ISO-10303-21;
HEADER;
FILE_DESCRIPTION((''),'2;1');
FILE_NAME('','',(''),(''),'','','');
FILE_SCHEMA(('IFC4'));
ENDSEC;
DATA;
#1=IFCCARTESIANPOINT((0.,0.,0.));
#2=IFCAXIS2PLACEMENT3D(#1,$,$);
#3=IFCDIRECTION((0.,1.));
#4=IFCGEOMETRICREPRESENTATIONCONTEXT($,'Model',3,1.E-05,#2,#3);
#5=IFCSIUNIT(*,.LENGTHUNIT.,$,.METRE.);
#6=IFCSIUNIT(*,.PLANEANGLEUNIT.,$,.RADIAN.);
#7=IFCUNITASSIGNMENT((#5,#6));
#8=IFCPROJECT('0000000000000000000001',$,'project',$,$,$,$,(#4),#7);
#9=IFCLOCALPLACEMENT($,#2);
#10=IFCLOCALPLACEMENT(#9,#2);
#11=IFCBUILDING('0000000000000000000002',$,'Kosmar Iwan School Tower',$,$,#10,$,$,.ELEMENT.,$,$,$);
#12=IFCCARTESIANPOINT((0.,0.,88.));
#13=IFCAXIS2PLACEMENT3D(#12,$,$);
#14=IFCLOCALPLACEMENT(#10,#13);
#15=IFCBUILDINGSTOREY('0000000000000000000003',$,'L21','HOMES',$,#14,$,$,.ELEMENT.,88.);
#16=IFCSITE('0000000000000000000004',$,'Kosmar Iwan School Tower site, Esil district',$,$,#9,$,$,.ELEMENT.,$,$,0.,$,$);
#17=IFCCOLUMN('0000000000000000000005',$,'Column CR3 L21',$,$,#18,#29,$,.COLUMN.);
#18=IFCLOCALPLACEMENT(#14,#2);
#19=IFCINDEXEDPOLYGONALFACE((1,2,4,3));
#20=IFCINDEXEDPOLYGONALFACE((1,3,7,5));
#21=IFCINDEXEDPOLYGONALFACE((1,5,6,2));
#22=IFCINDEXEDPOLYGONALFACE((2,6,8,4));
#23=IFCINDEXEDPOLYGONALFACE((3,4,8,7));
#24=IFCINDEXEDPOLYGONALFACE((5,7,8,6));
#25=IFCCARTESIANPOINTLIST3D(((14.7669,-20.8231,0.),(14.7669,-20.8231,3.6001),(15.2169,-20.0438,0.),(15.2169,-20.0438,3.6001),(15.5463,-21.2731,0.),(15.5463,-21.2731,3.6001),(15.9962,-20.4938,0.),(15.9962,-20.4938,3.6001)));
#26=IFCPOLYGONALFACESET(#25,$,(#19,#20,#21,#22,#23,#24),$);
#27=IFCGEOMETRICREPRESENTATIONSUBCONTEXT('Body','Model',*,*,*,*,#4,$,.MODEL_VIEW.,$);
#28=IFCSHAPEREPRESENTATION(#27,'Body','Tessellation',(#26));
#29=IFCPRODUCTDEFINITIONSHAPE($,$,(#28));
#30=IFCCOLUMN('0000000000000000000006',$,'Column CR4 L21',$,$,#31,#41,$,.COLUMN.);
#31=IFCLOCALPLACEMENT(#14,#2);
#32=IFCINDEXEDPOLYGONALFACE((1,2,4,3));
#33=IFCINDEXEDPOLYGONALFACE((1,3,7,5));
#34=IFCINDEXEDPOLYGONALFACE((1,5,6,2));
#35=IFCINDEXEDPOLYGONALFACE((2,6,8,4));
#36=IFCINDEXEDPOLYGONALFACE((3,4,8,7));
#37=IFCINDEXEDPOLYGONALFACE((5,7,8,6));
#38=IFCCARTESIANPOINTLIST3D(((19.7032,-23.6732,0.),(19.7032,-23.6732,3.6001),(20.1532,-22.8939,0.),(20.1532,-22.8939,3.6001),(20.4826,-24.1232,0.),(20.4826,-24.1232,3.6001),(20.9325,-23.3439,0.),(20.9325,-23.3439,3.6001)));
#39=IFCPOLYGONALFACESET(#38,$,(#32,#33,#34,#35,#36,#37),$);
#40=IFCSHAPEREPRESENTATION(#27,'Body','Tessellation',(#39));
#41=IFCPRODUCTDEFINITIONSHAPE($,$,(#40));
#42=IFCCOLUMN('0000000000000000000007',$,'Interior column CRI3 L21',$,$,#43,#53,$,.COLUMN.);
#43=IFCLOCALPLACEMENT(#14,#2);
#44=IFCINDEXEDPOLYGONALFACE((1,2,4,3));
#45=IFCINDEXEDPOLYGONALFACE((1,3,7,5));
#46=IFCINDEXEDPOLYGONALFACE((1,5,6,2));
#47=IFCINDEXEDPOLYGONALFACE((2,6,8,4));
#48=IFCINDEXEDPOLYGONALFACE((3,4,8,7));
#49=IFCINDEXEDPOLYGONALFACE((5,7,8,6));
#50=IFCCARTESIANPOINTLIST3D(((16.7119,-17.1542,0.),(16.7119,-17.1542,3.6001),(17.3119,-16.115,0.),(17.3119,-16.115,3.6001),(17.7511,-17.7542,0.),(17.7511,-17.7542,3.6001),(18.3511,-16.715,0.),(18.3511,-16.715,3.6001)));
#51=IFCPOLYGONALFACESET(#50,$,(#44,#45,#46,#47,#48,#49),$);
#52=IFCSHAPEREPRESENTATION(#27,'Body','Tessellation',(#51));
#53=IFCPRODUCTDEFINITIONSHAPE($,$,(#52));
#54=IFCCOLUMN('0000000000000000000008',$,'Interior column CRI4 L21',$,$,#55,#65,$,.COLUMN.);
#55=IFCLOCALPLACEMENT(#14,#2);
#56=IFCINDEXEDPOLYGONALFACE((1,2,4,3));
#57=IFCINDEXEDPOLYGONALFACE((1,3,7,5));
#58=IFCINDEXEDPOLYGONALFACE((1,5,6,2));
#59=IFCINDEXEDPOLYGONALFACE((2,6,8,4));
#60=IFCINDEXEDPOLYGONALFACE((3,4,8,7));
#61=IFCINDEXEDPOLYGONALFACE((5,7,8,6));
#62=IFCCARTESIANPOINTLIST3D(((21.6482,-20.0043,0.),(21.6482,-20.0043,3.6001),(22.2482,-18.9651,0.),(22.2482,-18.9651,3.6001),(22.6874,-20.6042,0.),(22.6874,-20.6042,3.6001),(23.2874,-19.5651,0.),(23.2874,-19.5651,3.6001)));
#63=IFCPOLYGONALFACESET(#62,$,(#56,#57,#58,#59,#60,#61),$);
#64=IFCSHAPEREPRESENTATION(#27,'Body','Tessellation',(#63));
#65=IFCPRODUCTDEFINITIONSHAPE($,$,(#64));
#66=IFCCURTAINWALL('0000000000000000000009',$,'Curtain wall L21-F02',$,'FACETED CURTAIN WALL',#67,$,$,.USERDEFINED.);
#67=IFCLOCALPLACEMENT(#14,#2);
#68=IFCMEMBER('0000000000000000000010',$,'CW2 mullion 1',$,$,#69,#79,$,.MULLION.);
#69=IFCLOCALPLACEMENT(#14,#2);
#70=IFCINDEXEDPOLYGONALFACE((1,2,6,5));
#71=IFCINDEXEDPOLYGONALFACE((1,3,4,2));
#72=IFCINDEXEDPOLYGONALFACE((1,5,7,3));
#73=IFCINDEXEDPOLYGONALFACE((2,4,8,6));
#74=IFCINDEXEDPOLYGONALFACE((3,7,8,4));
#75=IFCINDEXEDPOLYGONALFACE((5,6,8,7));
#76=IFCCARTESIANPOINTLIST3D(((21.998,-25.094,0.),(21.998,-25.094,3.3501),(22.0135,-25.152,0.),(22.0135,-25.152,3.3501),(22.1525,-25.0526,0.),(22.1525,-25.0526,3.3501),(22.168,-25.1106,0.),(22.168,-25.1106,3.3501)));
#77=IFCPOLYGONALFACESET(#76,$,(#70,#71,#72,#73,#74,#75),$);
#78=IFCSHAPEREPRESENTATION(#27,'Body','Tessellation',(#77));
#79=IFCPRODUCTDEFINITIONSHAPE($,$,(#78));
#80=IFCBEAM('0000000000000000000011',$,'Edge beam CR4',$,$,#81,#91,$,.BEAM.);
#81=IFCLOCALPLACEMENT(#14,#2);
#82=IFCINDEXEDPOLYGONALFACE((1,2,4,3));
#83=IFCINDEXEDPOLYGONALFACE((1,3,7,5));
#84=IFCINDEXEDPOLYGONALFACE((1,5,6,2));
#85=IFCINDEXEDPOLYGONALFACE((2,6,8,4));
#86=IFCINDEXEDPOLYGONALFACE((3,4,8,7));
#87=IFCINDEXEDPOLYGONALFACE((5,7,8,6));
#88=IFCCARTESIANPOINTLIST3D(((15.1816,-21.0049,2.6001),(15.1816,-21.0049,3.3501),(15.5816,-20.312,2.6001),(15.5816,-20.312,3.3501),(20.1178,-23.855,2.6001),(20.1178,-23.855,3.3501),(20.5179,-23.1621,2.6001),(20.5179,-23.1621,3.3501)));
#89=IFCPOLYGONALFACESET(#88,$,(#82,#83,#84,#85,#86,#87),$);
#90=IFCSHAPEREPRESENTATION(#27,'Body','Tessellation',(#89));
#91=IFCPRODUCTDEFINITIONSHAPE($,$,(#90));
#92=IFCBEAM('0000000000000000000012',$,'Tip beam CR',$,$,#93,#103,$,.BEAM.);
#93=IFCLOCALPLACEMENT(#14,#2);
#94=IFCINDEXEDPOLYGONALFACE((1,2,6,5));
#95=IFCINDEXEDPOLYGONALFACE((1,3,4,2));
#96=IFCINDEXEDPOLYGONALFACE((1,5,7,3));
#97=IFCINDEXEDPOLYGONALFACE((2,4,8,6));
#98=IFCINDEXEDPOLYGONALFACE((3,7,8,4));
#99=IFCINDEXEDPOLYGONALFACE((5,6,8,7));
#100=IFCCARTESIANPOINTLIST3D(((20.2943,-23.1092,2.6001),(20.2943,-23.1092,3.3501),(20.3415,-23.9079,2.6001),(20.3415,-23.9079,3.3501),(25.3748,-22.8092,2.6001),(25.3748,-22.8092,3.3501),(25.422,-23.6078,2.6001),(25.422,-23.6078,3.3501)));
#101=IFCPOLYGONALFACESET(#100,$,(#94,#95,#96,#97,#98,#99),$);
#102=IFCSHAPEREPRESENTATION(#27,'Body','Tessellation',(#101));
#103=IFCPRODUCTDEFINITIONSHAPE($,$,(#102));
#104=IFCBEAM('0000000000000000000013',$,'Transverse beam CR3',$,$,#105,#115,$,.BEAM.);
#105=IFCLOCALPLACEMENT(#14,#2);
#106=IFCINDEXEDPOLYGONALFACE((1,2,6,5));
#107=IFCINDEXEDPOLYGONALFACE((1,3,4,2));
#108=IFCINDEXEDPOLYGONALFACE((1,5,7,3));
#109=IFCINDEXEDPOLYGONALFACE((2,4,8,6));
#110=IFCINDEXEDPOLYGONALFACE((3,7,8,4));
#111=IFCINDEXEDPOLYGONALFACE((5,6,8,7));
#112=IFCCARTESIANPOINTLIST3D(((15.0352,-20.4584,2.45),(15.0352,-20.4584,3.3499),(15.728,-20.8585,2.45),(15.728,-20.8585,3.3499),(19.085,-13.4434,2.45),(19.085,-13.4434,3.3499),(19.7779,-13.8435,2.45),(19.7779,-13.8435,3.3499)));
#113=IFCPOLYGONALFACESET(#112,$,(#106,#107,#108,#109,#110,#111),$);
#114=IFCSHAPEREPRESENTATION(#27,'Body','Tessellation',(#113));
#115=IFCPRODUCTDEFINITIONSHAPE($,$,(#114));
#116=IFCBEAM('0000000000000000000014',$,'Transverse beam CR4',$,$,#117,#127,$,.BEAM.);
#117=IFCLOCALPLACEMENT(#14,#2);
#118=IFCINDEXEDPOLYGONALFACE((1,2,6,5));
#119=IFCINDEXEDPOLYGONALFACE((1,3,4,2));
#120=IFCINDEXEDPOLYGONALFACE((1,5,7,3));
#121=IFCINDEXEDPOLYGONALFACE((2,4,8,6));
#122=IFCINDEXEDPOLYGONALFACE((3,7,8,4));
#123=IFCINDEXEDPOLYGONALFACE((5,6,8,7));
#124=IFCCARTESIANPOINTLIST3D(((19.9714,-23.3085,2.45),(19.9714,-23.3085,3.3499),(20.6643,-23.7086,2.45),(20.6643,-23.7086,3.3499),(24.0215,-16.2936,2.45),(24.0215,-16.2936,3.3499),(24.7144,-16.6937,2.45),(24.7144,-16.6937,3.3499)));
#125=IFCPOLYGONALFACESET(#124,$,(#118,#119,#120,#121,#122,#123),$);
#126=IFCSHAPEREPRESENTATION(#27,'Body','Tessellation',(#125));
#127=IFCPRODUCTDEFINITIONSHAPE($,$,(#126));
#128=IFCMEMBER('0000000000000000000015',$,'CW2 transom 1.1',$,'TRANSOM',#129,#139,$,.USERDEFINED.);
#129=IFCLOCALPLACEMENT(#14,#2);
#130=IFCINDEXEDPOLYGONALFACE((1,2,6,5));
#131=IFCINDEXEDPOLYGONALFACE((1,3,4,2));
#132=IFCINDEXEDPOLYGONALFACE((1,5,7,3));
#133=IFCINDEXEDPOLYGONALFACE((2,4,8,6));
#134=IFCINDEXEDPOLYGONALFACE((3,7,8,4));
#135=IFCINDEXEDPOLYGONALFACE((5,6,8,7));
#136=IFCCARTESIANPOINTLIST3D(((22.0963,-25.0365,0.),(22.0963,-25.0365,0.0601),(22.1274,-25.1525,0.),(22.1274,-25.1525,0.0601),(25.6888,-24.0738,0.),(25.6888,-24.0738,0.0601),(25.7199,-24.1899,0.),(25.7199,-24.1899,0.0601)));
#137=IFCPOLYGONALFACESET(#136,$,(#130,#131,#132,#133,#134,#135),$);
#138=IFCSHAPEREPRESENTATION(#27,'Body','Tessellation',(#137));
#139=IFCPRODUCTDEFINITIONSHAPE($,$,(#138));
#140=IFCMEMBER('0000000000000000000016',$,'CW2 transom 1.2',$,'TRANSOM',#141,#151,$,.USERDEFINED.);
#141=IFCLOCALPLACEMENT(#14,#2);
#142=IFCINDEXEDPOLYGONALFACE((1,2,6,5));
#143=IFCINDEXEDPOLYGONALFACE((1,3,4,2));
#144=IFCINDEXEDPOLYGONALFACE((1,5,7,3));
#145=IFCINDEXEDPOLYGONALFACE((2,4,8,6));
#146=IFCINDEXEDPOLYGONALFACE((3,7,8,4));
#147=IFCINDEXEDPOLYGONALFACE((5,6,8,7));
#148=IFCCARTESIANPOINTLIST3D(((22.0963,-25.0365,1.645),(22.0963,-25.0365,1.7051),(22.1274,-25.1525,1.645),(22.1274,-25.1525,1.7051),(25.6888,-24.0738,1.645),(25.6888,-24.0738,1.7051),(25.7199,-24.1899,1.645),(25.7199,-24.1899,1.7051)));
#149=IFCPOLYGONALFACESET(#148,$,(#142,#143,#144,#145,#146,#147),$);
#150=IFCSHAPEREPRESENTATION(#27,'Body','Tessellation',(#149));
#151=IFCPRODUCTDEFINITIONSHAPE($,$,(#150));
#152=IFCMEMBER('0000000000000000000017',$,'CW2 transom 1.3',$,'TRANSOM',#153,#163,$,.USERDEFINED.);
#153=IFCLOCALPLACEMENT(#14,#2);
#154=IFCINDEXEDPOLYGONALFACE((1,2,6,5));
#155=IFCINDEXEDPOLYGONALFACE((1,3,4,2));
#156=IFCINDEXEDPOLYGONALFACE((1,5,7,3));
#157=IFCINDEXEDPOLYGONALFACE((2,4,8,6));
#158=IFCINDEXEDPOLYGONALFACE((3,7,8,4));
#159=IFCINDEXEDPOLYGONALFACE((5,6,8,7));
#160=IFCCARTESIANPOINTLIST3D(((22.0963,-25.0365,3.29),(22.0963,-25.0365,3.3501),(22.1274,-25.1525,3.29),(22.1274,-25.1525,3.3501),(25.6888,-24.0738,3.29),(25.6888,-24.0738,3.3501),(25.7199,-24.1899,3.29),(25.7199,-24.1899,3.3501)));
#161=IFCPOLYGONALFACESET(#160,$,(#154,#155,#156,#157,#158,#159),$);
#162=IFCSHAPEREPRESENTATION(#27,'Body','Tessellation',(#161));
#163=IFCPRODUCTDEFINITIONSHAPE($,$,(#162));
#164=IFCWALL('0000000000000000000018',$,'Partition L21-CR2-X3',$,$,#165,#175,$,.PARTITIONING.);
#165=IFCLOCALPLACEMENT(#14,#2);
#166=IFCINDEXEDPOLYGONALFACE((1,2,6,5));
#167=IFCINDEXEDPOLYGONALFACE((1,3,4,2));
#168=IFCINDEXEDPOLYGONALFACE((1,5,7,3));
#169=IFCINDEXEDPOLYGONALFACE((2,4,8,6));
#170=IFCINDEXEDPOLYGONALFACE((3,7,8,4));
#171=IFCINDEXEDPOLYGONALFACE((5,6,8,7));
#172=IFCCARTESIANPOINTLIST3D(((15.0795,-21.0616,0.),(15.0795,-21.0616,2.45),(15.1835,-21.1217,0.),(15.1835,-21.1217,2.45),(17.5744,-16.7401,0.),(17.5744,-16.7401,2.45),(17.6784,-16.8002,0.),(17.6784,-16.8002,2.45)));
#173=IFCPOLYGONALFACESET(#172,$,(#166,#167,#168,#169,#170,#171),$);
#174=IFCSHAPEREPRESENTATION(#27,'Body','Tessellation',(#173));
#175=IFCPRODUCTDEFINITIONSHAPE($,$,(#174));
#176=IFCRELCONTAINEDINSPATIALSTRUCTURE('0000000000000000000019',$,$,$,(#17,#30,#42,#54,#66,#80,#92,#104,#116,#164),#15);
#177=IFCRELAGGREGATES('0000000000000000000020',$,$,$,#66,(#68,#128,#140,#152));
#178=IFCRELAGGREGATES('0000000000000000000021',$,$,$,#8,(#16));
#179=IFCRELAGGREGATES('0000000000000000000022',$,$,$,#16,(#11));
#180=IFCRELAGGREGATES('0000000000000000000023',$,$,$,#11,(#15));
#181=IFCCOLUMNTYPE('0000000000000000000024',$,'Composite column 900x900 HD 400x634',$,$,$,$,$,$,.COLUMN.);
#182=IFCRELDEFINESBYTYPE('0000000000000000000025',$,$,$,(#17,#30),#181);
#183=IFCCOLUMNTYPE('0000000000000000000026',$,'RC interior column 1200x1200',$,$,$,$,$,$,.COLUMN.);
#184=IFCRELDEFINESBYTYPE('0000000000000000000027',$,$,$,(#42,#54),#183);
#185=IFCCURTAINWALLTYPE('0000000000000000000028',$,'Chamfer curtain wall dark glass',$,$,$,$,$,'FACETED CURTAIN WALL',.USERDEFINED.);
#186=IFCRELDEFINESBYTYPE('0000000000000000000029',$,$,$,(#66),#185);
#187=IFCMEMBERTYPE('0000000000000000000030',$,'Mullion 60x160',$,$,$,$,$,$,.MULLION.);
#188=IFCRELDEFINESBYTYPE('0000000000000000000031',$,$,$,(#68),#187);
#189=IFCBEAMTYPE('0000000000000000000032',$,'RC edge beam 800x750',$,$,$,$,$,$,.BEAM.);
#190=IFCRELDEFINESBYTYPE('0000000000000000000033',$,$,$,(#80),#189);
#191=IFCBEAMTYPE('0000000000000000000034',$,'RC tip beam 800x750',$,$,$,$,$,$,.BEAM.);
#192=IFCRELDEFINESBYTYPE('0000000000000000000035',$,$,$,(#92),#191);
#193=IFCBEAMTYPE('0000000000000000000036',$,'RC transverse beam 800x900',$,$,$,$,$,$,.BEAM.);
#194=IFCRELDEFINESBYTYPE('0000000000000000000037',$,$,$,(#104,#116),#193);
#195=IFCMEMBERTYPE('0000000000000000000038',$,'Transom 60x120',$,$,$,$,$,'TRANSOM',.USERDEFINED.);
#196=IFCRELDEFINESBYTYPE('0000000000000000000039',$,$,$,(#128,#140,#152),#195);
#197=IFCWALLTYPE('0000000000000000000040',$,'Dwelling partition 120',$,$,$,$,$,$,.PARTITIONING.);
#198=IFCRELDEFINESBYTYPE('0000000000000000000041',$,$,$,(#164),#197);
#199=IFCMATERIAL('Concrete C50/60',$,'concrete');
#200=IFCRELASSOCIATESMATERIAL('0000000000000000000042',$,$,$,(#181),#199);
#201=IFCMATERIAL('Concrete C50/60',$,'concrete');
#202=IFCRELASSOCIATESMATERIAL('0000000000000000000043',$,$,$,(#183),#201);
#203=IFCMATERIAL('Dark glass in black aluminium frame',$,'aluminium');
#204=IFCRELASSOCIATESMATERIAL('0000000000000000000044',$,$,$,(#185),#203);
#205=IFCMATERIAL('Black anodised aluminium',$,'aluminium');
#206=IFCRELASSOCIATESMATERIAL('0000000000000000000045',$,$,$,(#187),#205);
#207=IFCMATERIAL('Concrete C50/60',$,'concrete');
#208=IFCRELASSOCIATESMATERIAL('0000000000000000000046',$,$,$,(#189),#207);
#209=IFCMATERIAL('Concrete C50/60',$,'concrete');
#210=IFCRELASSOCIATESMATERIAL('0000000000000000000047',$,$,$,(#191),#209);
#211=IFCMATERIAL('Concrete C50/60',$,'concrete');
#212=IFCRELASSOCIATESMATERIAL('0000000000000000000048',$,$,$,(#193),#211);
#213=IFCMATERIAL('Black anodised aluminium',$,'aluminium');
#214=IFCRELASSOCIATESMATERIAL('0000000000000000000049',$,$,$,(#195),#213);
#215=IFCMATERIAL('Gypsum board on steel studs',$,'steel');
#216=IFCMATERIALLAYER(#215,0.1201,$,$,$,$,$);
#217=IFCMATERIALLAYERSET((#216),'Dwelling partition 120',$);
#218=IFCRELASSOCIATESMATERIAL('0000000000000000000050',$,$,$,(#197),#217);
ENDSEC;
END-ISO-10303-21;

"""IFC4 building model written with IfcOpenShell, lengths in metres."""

from ifc_helpers import new_model, si_unit, direction, frame, frame_2d, origin, origin_2d, place, context, subcontext, project, spatial, rectangle, extrude, material, layer, layer_set, material_profile, profile_set, type_object, element, aggregate, save


model = new_model("IFC4")

# Units and contexts
model_context = context("Model", 3, precision=1e-05, world=origin(), true_north=direction((0.0, 1.0)))
body_context = subcontext(model_context, "Body", "Model", "MODEL_VIEW")
ifc_project = project(units=[si_unit("LENGTHUNIT", "METRE"), si_unit("PLANEANGLEUNIT", "RADIAN")], contexts=[model_context])

# Site, building, storey
site_placement = place(None, origin())
site = spatial("IfcSite", under=ifc_project, at=site_placement, Name="Kosmar Iwan School Tower site, Esil district", CompositionType="ELEMENT", RefElevation=0.0)
building_placement = place(site_placement, origin())
building = spatial("IfcBuilding", under=site, at=building_placement, Name="Kosmar Iwan School Tower", CompositionType="ELEMENT")
storey_placement = place(building_placement, frame((0.0, 0.0, 88.0)))
storey = spatial("IfcBuildingStorey", under=building, at=storey_placement, Name="L21", Description="HOMES", CompositionType="ELEMENT", Elevation=88.0)

# Columns
ifc_material_1 = material(Name="Concrete C50/60", Category="concrete")
ifc_material_profile_1 = material_profile(ifc_material_1, rectangle(XDim=0.8999, YDim=0.8999, at=origin_2d()), Name="RC 900x900 + HD 400x634")
ifc_profile_set_1 = profile_set([ifc_material_profile_1], Name="Concrete C50/60")
column_type_1 = type_object("IfcColumnType", Name="Composite column 900x900 HD 400x634", PredefinedType="COLUMN", material=ifc_profile_set_1)
for number, where, z_axis, x_axis, name in (
    (1, (15.3816, -20.6584, 0.0), (0.0, 0.0, 1.0), (0.866025, -0.5, 0.0), "Column CR3 L21"),
    (2, (20.3179, -23.5085, 0.0), (0.0, 0.0, 1.0), (0.866025, -0.5, 0.0), "Column CR4 L21"),
):
    element("IfcColumn", number, at=place(storey_placement, frame(where, z_axis=z_axis, x_axis=x_axis)), inside=storey, type_object=column_type_1, Name=name, PredefinedType="COLUMN", context=body_context, shape_type="SweptSolid", body=[
        extrude(rectangle(XDim=0.8999, YDim=0.8999, at=origin_2d()), origin(), (0.0, 0.0, 1.0), 3.6001),
    ])
ifc_material_2 = material(Name="Concrete C50/60", Category="concrete")
ifc_material_profile_2 = material_profile(ifc_material_2, rectangle(XDim=1.2, YDim=1.2, at=origin_2d()), Name="RC 1200x1200")
ifc_profile_set_2 = profile_set([ifc_material_profile_2], Name="Concrete C50/60")
column_type_2 = type_object("IfcColumnType", Name="RC interior column 1200x1200", PredefinedType="COLUMN", material=ifc_profile_set_2)
for number, where, z_axis, x_axis, name in (
    (3, (17.5315, -16.9346, 0.0), (0.0, 0.0, 1.0), (0.866025, -0.5, 0.0), "Interior column CRI3 L21"),
    (4, (22.4678, -19.7847, 0.0), (0.0, 0.0, 1.0), (0.866025, -0.5, 0.0), "Interior column CRI4 L21"),
):
    element("IfcColumn", number, at=place(storey_placement, frame(where, z_axis=z_axis, x_axis=x_axis)), inside=storey, type_object=column_type_2, Name=name, PredefinedType="COLUMN", context=body_context, shape_type="SweptSolid", body=[
        extrude(rectangle(XDim=1.2, YDim=1.2, at=origin_2d()), origin(), (0.0, 0.0, 1.0), 3.6001),
    ])

# Curtain wall, member
ifc_material_3 = material(Name="Dark glass in black aluminium frame", Category="aluminium")
curtain_wall_type = type_object("IfcCurtainWallType", Name="Chamfer curtain wall dark glass", ElementType="FACETED CURTAIN WALL", PredefinedType="USERDEFINED", material=ifc_material_3)
curtain_wall_placement = place(storey_placement, origin())
curtain_wall = element("IfcCurtainWall", 5, at=curtain_wall_placement, inside=storey, type_object=curtain_wall_type, Name="Curtain wall L21-F02", ObjectType="FACETED CURTAIN WALL", PredefinedType="USERDEFINED")
ifc_material_4 = material(Name="Black anodised aluminium", Category="aluminium")
ifc_material_profile_3 = material_profile(ifc_material_4, rectangle(XDim=0.0601, YDim=0.1599, at=origin_2d()), Name="MULLION 60x160")
ifc_profile_set_3 = profile_set([ifc_material_profile_3], Name="Black anodised aluminium")
member_type_1 = type_object("IfcMemberType", Name="Mullion 60x160", PredefinedType="MULLION", material=ifc_profile_set_3)
member_1_placement = place(storey_placement, frame((22.083, -25.1023, 0.0), z_axis=(0.0, 0.0, 1.0), x_axis=(-0.258819, 0.965926, 0.0)))
member_1 = element("IfcMember", 6, at=member_1_placement, type_object=member_type_1, Name="CW2 mullion 1", PredefinedType="MULLION", context=body_context, shape_type="SweptSolid", body=[
    extrude(rectangle(XDim=0.0601, YDim=0.1599, at=origin_2d()), origin(), (0.0, 0.0, 1.0), 3.3501),
])

# Beams
ifc_material_5 = material(Name="Concrete C50/60", Category="concrete")
ifc_material_profile_4 = material_profile(ifc_material_5, rectangle(XDim=0.8, YDim=0.75, at=origin_2d()), Name="RC 800x750")
ifc_profile_set_4 = profile_set([ifc_material_profile_4], Name="Concrete C50/60")
beam_type_1 = type_object("IfcBeamType", Name="RC edge beam 800x750", PredefinedType="BEAM", material=ifc_profile_set_4)
beam_1_placement = place(storey_placement, frame((15.3816, -20.6584, 2.9751), z_axis=(0.866015, -0.500018, 0.0), x_axis=(0.500018, 0.866015, 0.0)))
element("IfcBeam", 7, at=beam_1_placement, inside=storey, type_object=beam_type_1, Name="Edge beam CR4", PredefinedType="BEAM", context=body_context, shape_type="SweptSolid", body=[
    extrude(rectangle(XDim=0.8, YDim=0.75, at=origin_2d()), origin(), (0.0, 0.0, 1.0), 5.7),
])
ifc_material_6 = material(Name="Concrete C50/60", Category="concrete")
ifc_material_profile_5 = material_profile(ifc_material_6, rectangle(XDim=0.8, YDim=0.75, at=origin_2d()), Name="RC 800x750")
ifc_profile_set_5 = profile_set([ifc_material_profile_5], Name="Concrete C50/60")
beam_type_2 = type_object("IfcBeamType", Name="RC tip beam 800x750", PredefinedType="BEAM", material=ifc_profile_set_5)
beam_2_placement = place(storey_placement, frame((20.3179, -23.5085, 2.9751), z_axis=(0.998261, 0.058955, 0.0), x_axis=(-0.058955, 0.998261, 0.0)))
element("IfcBeam", 8, at=beam_2_placement, inside=storey, type_object=beam_type_2, Name="Tip beam CR", PredefinedType="BEAM", context=body_context, shape_type="SweptSolid", body=[
    extrude(rectangle(XDim=0.8, YDim=0.75, at=origin_2d()), origin(), (0.0, 0.0, 1.0), 5.0894),
])
ifc_material_7 = material(Name="Concrete C50/60", Category="concrete")
ifc_material_profile_6 = material_profile(ifc_material_7, rectangle(XDim=0.8, YDim=0.8999, at=origin_2d()), Name="RC 800x900")
ifc_profile_set_6 = profile_set([ifc_material_profile_6], Name="Concrete C50/60")
beam_type_3 = type_object("IfcBeamType", Name="RC transverse beam 800x900", PredefinedType="BEAM", material=ifc_profile_set_6)
for number, where, z_axis, x_axis, name in (
    (9, (15.3816, -20.6584, 2.8999), (0.499977, 0.866039, 0.0), (-0.866039, 0.499977, 0.0), "Transverse beam CR3"),
    (10, (20.3179, -23.5085, 2.8999), (0.5, 0.866025, 0.0), (-0.866025, 0.5, 0.0), "Transverse beam CR4"),
):
    element("IfcBeam", number, at=place(storey_placement, frame(where, z_axis=z_axis, x_axis=x_axis)), inside=storey, type_object=beam_type_3, Name=name, PredefinedType="BEAM", context=body_context, shape_type="SweptSolid", body=[
        extrude(rectangle(XDim=0.8, YDim=0.8999, at=origin_2d()), origin(), (0.0, 0.0, 1.0), 8.1001),
    ])

# Members
ifc_material_8 = material(Name="Black anodised aluminium", Category="aluminium")
ifc_material_profile_7 = material_profile(ifc_material_8, rectangle(XDim=0.1201, YDim=0.0601, at=origin_2d()), Name="TRANSOM 60x120")
ifc_profile_set_7 = profile_set([ifc_material_profile_7], Name="Black anodised aluminium")
member_type_2 = type_object("IfcMemberType", Name="Transom 60x120", ElementType="TRANSOM", PredefinedType="USERDEFINED", material=ifc_profile_set_7)
member_2_placement = place(storey_placement, frame((22.1118, -25.0945, 0.03), z_axis=(0.965924, 0.258827, 0.0), x_axis=(-0.258827, 0.965924, 0.0)))
member_2 = element("IfcMember", 11, at=member_2_placement, type_object=member_type_2, Name="CW2 transom 1.1", ObjectType="TRANSOM", PredefinedType="USERDEFINED", context=body_context, shape_type="SweptSolid", body=[
    extrude(rectangle(XDim=0.1201, YDim=0.0601, at=origin_2d()), origin(), (0.0, 0.0, 1.0), 3.7192),
])
member_3_placement = place(storey_placement, frame((22.1118, -25.0945, 1.675), z_axis=(0.965924, 0.258827, 0.0), x_axis=(-0.258827, 0.965924, 0.0)))
member_3 = element("IfcMember", 12, at=member_3_placement, type_object=member_type_2, Name="CW2 transom 1.2", ObjectType="TRANSOM", PredefinedType="USERDEFINED", context=body_context, shape_type="SweptSolid", body=[
    extrude(rectangle(XDim=0.1201, YDim=0.0601, at=origin_2d()), origin(), (0.0, 0.0, 1.0), 3.7192),
])
member_4_placement = place(storey_placement, frame((22.1118, -25.0945, 3.3201), z_axis=(0.965924, 0.258827, 0.0), x_axis=(-0.258827, 0.965924, 0.0)))
member_4 = element("IfcMember", 13, at=member_4_placement, type_object=member_type_2, Name="CW2 transom 1.3", ObjectType="TRANSOM", PredefinedType="USERDEFINED", context=body_context, shape_type="SweptSolid", body=[
    extrude(rectangle(XDim=0.1201, YDim=0.0601, at=origin_2d()), origin(), (0.0, 0.0, 1.0), 3.7192),
])
aggregate(curtain_wall, [member_1, member_2, member_3, member_4])

# Wall
ifc_material_9 = material(Name="Gypsum board on steel studs", Category="steel")
ifc_layer = layer(ifc_material_9, 0.1201)
ifc_layer_set = layer_set([ifc_layer], Name="Dwelling partition 120")
wall_type = type_object("IfcWallType", Name="Dwelling partition 120", PredefinedType="PARTITIONING", material=ifc_layer_set)
wall_1_placement = place(storey_placement, frame((17.6265, -16.77, 0.0), z_axis=(0.0, 0.0, 1.0), x_axis=(-0.499975, -0.86604, 0.0)))
element("IfcWall", 14, at=wall_1_placement, inside=storey, type_object=wall_type, Name="Partition L21-CR2-X3", PredefinedType="PARTITIONING", context=body_context, shape_type="SweptSolid", body=[
    extrude(rectangle(XDim=4.99, YDim=0.1201, at=frame_2d((2.4951, 0.0))), origin(), (0.0, 0.0, 1.0), 2.45),
])

save(model, "model.ifc")
